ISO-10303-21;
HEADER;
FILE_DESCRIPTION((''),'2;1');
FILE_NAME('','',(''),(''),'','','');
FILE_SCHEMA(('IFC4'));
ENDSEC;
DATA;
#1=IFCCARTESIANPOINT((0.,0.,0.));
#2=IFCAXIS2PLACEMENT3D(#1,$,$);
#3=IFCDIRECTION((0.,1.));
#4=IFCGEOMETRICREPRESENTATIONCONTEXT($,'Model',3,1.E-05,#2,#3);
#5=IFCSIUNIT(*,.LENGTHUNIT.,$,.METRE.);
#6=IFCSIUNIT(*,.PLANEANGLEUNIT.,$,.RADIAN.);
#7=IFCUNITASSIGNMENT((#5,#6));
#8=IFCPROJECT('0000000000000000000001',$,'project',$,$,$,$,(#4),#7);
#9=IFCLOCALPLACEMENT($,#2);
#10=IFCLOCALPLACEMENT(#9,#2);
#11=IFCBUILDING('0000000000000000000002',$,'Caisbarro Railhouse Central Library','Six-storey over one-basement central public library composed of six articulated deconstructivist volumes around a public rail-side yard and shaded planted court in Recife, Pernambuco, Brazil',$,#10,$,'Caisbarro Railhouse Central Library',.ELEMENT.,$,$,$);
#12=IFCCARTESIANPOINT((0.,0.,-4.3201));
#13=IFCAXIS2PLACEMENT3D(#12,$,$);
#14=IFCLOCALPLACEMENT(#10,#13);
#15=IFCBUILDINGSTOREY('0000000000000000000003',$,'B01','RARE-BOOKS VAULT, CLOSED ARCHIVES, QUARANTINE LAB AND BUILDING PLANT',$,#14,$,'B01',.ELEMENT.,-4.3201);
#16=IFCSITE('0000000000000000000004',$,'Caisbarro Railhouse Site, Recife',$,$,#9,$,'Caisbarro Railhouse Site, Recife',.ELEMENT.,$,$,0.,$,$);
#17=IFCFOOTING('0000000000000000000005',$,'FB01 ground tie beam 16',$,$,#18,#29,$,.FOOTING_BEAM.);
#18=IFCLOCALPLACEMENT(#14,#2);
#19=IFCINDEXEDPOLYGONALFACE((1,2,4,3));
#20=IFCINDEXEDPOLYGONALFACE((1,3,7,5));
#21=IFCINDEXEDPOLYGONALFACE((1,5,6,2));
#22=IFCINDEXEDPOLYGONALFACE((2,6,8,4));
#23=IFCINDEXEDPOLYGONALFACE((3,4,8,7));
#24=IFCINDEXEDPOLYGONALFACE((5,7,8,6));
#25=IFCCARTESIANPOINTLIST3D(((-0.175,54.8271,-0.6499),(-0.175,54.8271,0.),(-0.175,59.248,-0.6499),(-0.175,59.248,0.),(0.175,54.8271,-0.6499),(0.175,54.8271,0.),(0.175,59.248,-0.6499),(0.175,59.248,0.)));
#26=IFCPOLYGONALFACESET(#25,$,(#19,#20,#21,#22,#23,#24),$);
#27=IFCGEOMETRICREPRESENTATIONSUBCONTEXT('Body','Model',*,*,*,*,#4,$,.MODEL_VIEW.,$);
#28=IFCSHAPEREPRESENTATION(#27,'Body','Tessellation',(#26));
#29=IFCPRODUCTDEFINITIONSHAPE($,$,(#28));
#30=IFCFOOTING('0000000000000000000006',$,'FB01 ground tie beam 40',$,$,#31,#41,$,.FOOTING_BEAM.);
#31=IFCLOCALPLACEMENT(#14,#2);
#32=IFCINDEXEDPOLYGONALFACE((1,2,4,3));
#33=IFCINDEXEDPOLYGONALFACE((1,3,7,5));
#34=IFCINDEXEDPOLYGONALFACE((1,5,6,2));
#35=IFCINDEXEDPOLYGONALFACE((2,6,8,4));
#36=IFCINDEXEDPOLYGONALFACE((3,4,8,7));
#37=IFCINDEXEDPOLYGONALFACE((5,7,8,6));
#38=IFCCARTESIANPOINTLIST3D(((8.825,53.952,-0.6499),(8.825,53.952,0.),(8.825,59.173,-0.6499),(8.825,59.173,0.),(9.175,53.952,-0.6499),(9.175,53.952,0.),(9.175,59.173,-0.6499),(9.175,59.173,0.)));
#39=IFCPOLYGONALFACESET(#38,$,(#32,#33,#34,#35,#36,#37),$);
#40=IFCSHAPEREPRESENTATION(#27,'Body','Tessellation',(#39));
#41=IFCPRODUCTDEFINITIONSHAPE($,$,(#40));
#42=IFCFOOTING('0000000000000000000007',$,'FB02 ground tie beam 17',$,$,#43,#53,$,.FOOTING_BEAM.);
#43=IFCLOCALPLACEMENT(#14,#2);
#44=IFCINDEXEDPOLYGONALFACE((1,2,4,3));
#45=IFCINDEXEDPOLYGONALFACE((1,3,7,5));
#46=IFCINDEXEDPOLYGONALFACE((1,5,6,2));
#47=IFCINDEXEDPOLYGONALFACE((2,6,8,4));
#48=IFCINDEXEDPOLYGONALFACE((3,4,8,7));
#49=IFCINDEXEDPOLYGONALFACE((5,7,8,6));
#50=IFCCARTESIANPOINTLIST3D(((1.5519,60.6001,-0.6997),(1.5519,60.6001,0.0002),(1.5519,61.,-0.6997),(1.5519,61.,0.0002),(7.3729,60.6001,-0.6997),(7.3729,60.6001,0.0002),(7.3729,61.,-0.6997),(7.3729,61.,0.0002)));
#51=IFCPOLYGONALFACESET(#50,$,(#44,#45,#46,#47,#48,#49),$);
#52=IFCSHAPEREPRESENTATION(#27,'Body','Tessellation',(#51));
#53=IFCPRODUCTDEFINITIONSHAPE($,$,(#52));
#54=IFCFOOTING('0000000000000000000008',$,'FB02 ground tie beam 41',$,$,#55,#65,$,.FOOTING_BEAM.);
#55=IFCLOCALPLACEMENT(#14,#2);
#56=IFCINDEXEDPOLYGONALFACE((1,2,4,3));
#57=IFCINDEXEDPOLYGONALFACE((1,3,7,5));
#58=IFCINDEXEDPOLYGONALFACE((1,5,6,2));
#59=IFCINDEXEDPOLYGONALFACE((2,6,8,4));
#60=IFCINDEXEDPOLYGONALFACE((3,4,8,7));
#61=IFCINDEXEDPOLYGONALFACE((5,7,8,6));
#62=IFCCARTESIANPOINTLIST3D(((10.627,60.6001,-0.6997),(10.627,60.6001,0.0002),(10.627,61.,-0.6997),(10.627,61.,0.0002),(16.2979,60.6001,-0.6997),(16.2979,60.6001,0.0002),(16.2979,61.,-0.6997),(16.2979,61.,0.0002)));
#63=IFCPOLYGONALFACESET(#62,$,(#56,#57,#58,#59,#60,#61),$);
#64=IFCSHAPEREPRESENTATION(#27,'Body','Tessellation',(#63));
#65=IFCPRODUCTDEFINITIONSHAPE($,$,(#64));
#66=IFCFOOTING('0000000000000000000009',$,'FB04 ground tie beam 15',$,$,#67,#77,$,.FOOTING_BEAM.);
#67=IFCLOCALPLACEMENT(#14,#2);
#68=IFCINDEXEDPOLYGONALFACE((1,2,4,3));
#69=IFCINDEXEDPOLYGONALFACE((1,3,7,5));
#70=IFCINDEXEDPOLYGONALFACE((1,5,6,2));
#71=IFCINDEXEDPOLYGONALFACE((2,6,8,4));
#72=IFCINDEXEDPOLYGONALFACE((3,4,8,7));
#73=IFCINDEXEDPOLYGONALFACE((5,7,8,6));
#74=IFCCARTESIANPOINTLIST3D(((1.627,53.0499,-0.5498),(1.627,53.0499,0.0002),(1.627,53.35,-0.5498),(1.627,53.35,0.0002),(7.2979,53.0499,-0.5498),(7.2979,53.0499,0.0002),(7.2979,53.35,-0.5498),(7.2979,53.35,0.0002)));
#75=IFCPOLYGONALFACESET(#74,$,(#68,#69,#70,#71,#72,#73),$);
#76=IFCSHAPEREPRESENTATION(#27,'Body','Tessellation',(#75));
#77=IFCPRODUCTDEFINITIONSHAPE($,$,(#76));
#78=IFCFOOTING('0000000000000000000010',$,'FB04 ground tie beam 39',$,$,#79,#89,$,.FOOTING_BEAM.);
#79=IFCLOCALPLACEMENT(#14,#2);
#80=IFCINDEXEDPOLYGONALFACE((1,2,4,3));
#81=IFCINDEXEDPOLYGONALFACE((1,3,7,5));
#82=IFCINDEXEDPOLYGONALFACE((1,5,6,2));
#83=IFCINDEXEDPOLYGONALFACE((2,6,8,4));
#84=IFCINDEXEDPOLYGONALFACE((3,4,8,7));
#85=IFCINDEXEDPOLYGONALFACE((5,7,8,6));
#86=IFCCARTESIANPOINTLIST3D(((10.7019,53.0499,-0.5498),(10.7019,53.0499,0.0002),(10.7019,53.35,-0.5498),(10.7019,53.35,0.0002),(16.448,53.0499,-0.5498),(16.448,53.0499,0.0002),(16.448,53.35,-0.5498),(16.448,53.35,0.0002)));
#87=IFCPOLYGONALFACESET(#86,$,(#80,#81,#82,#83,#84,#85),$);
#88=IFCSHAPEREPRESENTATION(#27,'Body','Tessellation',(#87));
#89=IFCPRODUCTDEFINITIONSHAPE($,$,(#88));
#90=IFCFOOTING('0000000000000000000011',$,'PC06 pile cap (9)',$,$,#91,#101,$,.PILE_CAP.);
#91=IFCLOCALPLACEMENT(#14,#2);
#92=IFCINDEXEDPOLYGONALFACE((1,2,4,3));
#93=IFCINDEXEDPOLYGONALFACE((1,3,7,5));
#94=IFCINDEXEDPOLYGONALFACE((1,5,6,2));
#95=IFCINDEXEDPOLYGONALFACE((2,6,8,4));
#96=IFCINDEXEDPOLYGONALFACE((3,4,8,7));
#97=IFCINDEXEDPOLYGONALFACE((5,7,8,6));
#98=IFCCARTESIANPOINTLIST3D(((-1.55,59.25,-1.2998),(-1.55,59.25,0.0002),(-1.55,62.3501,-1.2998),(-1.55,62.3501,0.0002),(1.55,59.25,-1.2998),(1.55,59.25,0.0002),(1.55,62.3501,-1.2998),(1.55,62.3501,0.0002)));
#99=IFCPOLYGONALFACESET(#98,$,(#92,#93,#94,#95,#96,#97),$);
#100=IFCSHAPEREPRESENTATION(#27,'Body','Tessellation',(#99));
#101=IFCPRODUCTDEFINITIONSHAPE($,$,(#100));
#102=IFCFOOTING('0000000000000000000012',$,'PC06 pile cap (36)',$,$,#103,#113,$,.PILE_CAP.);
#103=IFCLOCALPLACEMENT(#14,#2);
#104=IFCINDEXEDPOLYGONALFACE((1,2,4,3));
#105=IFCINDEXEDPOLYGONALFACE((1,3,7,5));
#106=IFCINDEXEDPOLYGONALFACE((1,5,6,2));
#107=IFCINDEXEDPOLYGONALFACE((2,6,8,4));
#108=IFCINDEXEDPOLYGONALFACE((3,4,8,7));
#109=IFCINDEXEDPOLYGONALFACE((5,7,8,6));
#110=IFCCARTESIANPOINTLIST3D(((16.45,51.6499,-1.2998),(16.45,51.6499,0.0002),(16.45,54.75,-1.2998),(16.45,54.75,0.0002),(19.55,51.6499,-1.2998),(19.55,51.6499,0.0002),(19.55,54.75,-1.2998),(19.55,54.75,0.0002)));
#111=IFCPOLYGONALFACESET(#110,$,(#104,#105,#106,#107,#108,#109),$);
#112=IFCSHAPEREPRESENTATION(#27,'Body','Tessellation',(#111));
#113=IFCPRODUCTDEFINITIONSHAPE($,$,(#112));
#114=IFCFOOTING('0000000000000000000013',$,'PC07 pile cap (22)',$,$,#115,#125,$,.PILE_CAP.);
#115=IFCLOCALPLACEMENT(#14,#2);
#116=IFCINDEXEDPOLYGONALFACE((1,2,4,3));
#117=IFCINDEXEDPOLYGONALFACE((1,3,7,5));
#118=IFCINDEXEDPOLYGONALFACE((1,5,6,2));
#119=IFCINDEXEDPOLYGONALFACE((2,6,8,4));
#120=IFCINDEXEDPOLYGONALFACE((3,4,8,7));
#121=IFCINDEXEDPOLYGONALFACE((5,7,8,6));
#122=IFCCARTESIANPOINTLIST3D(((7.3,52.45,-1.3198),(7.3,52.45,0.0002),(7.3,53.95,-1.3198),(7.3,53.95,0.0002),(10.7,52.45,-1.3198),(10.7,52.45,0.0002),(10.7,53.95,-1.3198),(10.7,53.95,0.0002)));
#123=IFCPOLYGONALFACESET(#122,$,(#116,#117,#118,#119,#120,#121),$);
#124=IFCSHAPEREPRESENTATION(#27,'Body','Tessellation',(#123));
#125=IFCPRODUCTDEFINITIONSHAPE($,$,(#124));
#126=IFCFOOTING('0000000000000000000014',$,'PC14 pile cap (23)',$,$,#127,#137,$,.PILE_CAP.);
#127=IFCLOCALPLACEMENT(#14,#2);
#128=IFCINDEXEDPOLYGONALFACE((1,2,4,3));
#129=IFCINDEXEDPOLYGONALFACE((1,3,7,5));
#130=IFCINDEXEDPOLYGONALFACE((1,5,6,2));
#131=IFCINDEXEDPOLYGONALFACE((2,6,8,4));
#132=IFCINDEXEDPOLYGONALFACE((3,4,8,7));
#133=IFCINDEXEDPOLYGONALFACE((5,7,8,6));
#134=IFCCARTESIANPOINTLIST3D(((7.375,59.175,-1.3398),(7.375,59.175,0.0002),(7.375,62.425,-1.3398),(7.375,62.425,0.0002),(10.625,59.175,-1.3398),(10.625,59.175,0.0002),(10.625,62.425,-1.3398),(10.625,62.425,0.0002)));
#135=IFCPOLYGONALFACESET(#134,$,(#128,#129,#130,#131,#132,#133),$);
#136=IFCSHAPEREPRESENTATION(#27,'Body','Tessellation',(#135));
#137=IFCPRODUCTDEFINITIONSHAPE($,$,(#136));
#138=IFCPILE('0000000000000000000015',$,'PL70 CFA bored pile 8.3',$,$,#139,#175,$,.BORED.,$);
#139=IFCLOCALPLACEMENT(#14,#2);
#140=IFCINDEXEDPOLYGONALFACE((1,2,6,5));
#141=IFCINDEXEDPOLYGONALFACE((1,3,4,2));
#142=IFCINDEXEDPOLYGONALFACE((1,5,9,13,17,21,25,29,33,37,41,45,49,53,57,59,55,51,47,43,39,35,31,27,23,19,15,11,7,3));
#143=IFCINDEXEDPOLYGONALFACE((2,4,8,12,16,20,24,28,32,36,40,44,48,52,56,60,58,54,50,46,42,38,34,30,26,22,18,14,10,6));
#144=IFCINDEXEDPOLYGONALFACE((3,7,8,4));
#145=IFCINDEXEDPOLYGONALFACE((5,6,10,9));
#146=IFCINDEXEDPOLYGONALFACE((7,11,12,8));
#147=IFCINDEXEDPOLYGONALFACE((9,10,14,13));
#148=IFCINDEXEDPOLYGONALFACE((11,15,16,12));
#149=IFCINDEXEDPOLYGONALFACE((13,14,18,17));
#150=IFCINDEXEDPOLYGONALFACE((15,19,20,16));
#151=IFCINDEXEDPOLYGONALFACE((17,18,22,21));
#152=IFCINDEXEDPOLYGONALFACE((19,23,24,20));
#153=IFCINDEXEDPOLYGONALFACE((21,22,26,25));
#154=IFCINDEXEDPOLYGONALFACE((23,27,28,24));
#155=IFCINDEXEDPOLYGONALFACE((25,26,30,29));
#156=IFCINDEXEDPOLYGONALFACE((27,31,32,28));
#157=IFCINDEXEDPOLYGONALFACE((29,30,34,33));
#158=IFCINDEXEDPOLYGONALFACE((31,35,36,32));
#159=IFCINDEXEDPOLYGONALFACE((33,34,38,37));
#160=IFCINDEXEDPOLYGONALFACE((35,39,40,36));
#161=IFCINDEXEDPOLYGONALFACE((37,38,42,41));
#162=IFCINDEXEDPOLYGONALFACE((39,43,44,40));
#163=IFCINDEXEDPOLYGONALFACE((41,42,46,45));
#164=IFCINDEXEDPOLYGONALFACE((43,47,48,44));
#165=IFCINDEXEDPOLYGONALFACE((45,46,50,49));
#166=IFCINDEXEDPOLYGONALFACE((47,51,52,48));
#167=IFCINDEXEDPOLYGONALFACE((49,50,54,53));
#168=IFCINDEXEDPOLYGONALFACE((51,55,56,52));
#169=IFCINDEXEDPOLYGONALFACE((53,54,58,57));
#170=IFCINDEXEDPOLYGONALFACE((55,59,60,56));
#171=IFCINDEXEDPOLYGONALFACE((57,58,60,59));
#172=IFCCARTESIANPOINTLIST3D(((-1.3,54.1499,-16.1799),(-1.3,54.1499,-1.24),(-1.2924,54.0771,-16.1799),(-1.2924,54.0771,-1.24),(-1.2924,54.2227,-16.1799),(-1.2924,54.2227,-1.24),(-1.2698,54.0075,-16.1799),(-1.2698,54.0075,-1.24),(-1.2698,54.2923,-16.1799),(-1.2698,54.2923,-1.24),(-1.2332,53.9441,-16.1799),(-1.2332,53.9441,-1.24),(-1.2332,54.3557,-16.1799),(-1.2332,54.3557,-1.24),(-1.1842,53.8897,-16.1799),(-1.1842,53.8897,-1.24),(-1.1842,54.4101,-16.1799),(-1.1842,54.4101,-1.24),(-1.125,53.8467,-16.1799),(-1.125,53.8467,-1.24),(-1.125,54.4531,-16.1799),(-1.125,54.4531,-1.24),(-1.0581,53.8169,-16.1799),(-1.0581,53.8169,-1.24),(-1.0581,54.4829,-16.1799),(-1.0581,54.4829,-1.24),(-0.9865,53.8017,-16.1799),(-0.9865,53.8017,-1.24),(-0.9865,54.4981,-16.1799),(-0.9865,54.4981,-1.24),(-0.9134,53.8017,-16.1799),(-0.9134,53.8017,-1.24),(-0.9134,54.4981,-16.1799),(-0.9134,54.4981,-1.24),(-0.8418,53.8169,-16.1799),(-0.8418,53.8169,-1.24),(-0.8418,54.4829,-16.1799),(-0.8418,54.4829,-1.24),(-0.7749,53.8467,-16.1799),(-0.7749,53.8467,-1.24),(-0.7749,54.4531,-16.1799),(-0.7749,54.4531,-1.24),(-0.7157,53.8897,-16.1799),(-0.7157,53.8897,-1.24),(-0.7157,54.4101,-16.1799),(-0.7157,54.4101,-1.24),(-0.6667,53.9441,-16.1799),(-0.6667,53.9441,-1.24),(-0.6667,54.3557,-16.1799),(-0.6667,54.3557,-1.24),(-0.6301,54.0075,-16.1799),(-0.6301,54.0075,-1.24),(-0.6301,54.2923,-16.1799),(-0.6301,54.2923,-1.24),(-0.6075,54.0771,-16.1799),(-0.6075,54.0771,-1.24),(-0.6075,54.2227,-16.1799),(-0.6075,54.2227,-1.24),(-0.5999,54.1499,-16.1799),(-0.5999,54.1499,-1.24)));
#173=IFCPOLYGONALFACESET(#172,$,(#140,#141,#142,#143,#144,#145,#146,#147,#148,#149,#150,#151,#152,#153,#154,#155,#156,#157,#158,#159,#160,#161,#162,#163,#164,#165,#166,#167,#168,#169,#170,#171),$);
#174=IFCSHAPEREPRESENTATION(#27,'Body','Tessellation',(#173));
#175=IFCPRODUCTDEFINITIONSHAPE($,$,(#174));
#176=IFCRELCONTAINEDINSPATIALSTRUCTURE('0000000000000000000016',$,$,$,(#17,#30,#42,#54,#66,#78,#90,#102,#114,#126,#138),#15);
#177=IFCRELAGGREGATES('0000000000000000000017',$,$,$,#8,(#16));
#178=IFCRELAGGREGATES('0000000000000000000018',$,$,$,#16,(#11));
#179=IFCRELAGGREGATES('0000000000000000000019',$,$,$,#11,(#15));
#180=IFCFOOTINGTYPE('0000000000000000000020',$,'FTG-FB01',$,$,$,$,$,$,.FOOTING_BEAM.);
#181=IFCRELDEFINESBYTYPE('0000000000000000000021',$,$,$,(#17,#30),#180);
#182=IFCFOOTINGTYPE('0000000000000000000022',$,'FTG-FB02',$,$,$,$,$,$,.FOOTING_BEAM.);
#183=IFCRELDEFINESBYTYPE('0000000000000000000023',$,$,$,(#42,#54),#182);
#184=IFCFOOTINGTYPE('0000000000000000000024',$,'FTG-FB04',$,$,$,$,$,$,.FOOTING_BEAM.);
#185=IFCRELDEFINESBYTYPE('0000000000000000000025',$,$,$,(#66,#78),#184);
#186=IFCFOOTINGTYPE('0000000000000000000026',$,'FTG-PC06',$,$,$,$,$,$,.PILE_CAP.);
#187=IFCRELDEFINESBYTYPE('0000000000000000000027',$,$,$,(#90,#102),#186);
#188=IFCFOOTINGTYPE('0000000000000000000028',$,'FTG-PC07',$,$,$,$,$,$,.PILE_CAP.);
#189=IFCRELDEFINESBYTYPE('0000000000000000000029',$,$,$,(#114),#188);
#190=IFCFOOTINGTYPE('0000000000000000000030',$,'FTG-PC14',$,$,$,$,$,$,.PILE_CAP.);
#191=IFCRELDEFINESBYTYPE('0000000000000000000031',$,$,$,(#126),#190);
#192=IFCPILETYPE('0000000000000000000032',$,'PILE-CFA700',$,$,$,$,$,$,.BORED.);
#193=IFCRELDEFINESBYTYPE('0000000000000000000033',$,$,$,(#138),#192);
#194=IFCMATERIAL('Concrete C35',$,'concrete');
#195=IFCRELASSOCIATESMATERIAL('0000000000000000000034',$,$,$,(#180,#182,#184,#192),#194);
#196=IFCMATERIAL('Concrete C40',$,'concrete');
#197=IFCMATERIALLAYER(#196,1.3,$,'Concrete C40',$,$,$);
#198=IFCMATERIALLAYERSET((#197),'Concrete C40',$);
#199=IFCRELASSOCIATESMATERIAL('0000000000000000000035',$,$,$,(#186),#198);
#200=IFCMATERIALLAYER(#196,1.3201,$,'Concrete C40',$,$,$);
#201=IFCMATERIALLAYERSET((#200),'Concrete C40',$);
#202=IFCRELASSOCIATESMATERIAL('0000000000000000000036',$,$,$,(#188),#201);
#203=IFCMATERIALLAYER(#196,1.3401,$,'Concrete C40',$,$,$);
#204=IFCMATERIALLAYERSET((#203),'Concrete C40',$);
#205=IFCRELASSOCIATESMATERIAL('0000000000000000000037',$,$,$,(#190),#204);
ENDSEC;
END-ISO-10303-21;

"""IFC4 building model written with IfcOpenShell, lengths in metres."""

from ifc_helpers import new_model, si_unit, direction, frame, origin, origin_2d, place, context, subcontext, project, spatial, rectangle, circle, extrude, material, layer, layer_set, material_profile, profile_set, type_object, element, save


model = new_model("IFC4")

# Units and contexts
model_context = context("Model", 3, precision=1e-05, world=origin(), true_north=direction((0.0, 1.0)))
body_context = subcontext(model_context, "Body", "Model", "MODEL_VIEW")
ifc_project = project(units=[si_unit("LENGTHUNIT", "METRE"), si_unit("PLANEANGLEUNIT", "RADIAN")], contexts=[model_context])

# Site, building, storey
site_placement = place(None, origin())
site = spatial("IfcSite", under=ifc_project, at=site_placement, Name="Caisbarro Railhouse Site, Recife", LongName="Caisbarro Railhouse Site, Recife", CompositionType="ELEMENT", RefElevation=0.0)
building_placement = place(site_placement, origin())
building = spatial("IfcBuilding", under=site, at=building_placement, Name="Caisbarro Railhouse Central Library", Description="Six-storey over one-basement central public library composed of six articulated deconstructivist volumes around a public rail-side yard and shaded planted court in Recife, Pernambuco, Brazil", LongName="Caisbarro Railhouse Central Library", CompositionType="ELEMENT")
storey_placement = place(building_placement, frame((0.0, 0.0, -4.3201)))
storey = spatial("IfcBuildingStorey", under=building, at=storey_placement, Name="B01", Description="RARE-BOOKS VAULT, CLOSED ARCHIVES, QUARANTINE LAB AND BUILDING PLANT", LongName="B01", CompositionType="ELEMENT", Elevation=-4.3201)

# Footings
ifc_material_1 = material(Name="Concrete C35", Category="concrete")
footing_type_1 = type_object("IfcFootingType", Name="FTG-FB01", PredefinedType="FOOTING_BEAM", material=ifc_material_1)
footing_1_placement = place(storey_placement, frame((0.0, 57.0376, -0.6499), z_axis=(0.0, 0.0, 1.0), x_axis=(0.0, 1.0, 0.0)))
element("IfcFooting", 1, at=footing_1_placement, inside=storey, type_object=footing_type_1, Name="FB01 ground tie beam 16", PredefinedType="FOOTING_BEAM", context=body_context, shape_type="SweptSolid", body=[
    extrude(rectangle(XDim=4.4209, YDim=0.3501, at=origin_2d()), origin(), (0.0, 0.0, 1.0), 0.6499),
])
footing_2_placement = place(storey_placement, frame((9.0, 56.5625, -0.6499), z_axis=(0.0, 0.0, 1.0), x_axis=(0.0, 1.0, 0.0)))
element("IfcFooting", 2, at=footing_2_placement, inside=storey, type_object=footing_type_1, Name="FB01 ground tie beam 40", PredefinedType="FOOTING_BEAM", context=body_context, shape_type="SweptSolid", body=[
    extrude(rectangle(XDim=5.2209, YDim=0.3501, at=origin_2d()), origin(), (0.0, 0.0, 1.0), 0.6499),
])
footing_type_2 = type_object("IfcFootingType", Name="FTG-FB02", PredefinedType="FOOTING_BEAM", material=ifc_material_1)
footing_3_placement = place(storey_placement, frame((4.4624, 60.8, -0.6997), z_axis=(0.0, 0.0, 1.0), x_axis=(1.0, 0.0, 0.0)))
element("IfcFooting", 3, at=footing_3_placement, inside=storey, type_object=footing_type_2, Name="FB02 ground tie beam 17", PredefinedType="FOOTING_BEAM", context=body_context, shape_type="SweptSolid", body=[
    extrude(rectangle(XDim=5.821, YDim=0.3999, at=origin_2d()), origin(), (0.0, 0.0, 1.0), 0.7),
])
footing_4_placement = place(storey_placement, frame((13.4624, 60.8, -0.6997), z_axis=(0.0, 0.0, 1.0), x_axis=(1.0, 0.0, 0.0)))
element("IfcFooting", 4, at=footing_4_placement, inside=storey, type_object=footing_type_2, Name="FB02 ground tie beam 41", PredefinedType="FOOTING_BEAM", context=body_context, shape_type="SweptSolid", body=[
    extrude(rectangle(XDim=5.6709, YDim=0.3999, at=origin_2d()), origin(), (0.0, 0.0, 1.0), 0.7),
])
footing_type_3 = type_object("IfcFootingType", Name="FTG-FB04", PredefinedType="FOOTING_BEAM", material=ifc_material_1)
footing_5_placement = place(storey_placement, frame((4.4624, 53.2, -0.5498), z_axis=(0.0, 0.0, 1.0), x_axis=(1.0, 0.0, 0.0)))
element("IfcFooting", 5, at=footing_5_placement, inside=storey, type_object=footing_type_3, Name="FB04 ground tie beam 15", PredefinedType="FOOTING_BEAM", context=body_context, shape_type="SweptSolid", body=[
    extrude(rectangle(XDim=5.6709, YDim=0.3, at=origin_2d()), origin(), (0.0, 0.0, 1.0), 0.55),
])
footing_6_placement = place(storey_placement, frame((13.575, 53.2, -0.5498), z_axis=(0.0, 0.0, 1.0), x_axis=(1.0, 0.0, 0.0)))
element("IfcFooting", 6, at=footing_6_placement, inside=storey, type_object=footing_type_3, Name="FB04 ground tie beam 39", PredefinedType="FOOTING_BEAM", context=body_context, shape_type="SweptSolid", body=[
    extrude(rectangle(XDim=5.7461, YDim=0.3, at=origin_2d()), origin(), (0.0, 0.0, 1.0), 0.55),
])
ifc_material_2 = material(Name="Concrete C40", Category="concrete")
ifc_layer_1 = layer(ifc_material_2, 1.3, Name="Concrete C40")
ifc_layer_set_1 = layer_set([ifc_layer_1], Name="Concrete C40")
footing_type_4 = type_object("IfcFootingType", Name="FTG-PC06", PredefinedType="PILE_CAP", material=ifc_layer_set_1)
for number, where, z_axis, x_axis, name in (
    (7, (0.0, 60.8, -1.2998), (0.0, 0.0, 1.0), (1.0, 0.0, 0.0), "PC06 pile cap (9)"),
    (8, (18.0, 53.2, -1.2998), (0.0, 0.0, 1.0), (1.0, 0.0, 0.0), "PC06 pile cap (36)"),
):
    element("IfcFooting", number, at=place(storey_placement, frame(where, z_axis=z_axis, x_axis=x_axis)), inside=storey, type_object=footing_type_4, Name=name, PredefinedType="PILE_CAP", context=body_context, shape_type="SweptSolid", body=[
        extrude(rectangle(XDim=3.1001, YDim=3.1001, at=origin_2d()), origin(), (0.0, 0.0, 1.0), 1.3),
    ])
ifc_layer_2 = layer(ifc_material_2, 1.3201, Name="Concrete C40")
ifc_layer_set_2 = layer_set([ifc_layer_2], Name="Concrete C40")
footing_type_5 = type_object("IfcFootingType", Name="FTG-PC07", PredefinedType="PILE_CAP", material=ifc_layer_set_2)
footing_7_placement = place(storey_placement, frame((9.0, 53.2, -1.3198), z_axis=(0.0, 0.0, 1.0), x_axis=(1.0, 0.0, 0.0)))
element("IfcFooting", 9, at=footing_7_placement, inside=storey, type_object=footing_type_5, Name="PC07 pile cap (22)", PredefinedType="PILE_CAP", context=body_context, shape_type="SweptSolid", body=[
    extrude(rectangle(XDim=3.3999, YDim=1.5, at=origin_2d()), origin(), (0.0, 0.0, 1.0), 1.3201),
])
ifc_layer_3 = layer(ifc_material_2, 1.3401, Name="Concrete C40")
ifc_layer_set_3 = layer_set([ifc_layer_3], Name="Concrete C40")
footing_type_6 = type_object("IfcFootingType", Name="FTG-PC14", PredefinedType="PILE_CAP", material=ifc_layer_set_3)
footing_8_placement = place(storey_placement, frame((9.0, 60.8, -1.3398), z_axis=(0.0, 0.0, 1.0), x_axis=(1.0, 0.0, 0.0)))
element("IfcFooting", 10, at=footing_8_placement, inside=storey, type_object=footing_type_6, Name="PC14 pile cap (23)", PredefinedType="PILE_CAP", context=body_context, shape_type="SweptSolid", body=[
    extrude(rectangle(XDim=3.25, YDim=3.25, at=origin_2d()), origin(), (0.0, 0.0, 1.0), 1.3401),
])

# Pile
ifc_material_profile_1 = material_profile(ifc_material_1, circle(Radius=0.3501, at=origin_2d()), Name="PILE-CFA-700")
ifc_profile_set_1 = profile_set([ifc_material_profile_1], Name="Concrete C35")
pile_type_1 = type_object("IfcPileType", Name="PILE-CFA700", PredefinedType="BORED", material=ifc_profile_set_1)
for number, where, z_axis, x_axis, name in (
    (11, (-0.95, 54.1499, -1.24), (0.0, 0.0, -1.0), (1.0, 0.0, 0.0), "PL70 CFA bored pile 8.3"),
):
    element("IfcPile", number, at=place(storey_placement, frame(where, z_axis=z_axis, x_axis=x_axis)), inside=storey, type_object=pile_type_1, Name=name, PredefinedType="BORED", context=body_context, shape_type="SweptSolid", body=[
        extrude(circle(Radius=0.3501, at=origin_2d()), origin(), (0.0, 0.0, 1.0), 14.9399),
    ])

save(model, "model.ifc")
